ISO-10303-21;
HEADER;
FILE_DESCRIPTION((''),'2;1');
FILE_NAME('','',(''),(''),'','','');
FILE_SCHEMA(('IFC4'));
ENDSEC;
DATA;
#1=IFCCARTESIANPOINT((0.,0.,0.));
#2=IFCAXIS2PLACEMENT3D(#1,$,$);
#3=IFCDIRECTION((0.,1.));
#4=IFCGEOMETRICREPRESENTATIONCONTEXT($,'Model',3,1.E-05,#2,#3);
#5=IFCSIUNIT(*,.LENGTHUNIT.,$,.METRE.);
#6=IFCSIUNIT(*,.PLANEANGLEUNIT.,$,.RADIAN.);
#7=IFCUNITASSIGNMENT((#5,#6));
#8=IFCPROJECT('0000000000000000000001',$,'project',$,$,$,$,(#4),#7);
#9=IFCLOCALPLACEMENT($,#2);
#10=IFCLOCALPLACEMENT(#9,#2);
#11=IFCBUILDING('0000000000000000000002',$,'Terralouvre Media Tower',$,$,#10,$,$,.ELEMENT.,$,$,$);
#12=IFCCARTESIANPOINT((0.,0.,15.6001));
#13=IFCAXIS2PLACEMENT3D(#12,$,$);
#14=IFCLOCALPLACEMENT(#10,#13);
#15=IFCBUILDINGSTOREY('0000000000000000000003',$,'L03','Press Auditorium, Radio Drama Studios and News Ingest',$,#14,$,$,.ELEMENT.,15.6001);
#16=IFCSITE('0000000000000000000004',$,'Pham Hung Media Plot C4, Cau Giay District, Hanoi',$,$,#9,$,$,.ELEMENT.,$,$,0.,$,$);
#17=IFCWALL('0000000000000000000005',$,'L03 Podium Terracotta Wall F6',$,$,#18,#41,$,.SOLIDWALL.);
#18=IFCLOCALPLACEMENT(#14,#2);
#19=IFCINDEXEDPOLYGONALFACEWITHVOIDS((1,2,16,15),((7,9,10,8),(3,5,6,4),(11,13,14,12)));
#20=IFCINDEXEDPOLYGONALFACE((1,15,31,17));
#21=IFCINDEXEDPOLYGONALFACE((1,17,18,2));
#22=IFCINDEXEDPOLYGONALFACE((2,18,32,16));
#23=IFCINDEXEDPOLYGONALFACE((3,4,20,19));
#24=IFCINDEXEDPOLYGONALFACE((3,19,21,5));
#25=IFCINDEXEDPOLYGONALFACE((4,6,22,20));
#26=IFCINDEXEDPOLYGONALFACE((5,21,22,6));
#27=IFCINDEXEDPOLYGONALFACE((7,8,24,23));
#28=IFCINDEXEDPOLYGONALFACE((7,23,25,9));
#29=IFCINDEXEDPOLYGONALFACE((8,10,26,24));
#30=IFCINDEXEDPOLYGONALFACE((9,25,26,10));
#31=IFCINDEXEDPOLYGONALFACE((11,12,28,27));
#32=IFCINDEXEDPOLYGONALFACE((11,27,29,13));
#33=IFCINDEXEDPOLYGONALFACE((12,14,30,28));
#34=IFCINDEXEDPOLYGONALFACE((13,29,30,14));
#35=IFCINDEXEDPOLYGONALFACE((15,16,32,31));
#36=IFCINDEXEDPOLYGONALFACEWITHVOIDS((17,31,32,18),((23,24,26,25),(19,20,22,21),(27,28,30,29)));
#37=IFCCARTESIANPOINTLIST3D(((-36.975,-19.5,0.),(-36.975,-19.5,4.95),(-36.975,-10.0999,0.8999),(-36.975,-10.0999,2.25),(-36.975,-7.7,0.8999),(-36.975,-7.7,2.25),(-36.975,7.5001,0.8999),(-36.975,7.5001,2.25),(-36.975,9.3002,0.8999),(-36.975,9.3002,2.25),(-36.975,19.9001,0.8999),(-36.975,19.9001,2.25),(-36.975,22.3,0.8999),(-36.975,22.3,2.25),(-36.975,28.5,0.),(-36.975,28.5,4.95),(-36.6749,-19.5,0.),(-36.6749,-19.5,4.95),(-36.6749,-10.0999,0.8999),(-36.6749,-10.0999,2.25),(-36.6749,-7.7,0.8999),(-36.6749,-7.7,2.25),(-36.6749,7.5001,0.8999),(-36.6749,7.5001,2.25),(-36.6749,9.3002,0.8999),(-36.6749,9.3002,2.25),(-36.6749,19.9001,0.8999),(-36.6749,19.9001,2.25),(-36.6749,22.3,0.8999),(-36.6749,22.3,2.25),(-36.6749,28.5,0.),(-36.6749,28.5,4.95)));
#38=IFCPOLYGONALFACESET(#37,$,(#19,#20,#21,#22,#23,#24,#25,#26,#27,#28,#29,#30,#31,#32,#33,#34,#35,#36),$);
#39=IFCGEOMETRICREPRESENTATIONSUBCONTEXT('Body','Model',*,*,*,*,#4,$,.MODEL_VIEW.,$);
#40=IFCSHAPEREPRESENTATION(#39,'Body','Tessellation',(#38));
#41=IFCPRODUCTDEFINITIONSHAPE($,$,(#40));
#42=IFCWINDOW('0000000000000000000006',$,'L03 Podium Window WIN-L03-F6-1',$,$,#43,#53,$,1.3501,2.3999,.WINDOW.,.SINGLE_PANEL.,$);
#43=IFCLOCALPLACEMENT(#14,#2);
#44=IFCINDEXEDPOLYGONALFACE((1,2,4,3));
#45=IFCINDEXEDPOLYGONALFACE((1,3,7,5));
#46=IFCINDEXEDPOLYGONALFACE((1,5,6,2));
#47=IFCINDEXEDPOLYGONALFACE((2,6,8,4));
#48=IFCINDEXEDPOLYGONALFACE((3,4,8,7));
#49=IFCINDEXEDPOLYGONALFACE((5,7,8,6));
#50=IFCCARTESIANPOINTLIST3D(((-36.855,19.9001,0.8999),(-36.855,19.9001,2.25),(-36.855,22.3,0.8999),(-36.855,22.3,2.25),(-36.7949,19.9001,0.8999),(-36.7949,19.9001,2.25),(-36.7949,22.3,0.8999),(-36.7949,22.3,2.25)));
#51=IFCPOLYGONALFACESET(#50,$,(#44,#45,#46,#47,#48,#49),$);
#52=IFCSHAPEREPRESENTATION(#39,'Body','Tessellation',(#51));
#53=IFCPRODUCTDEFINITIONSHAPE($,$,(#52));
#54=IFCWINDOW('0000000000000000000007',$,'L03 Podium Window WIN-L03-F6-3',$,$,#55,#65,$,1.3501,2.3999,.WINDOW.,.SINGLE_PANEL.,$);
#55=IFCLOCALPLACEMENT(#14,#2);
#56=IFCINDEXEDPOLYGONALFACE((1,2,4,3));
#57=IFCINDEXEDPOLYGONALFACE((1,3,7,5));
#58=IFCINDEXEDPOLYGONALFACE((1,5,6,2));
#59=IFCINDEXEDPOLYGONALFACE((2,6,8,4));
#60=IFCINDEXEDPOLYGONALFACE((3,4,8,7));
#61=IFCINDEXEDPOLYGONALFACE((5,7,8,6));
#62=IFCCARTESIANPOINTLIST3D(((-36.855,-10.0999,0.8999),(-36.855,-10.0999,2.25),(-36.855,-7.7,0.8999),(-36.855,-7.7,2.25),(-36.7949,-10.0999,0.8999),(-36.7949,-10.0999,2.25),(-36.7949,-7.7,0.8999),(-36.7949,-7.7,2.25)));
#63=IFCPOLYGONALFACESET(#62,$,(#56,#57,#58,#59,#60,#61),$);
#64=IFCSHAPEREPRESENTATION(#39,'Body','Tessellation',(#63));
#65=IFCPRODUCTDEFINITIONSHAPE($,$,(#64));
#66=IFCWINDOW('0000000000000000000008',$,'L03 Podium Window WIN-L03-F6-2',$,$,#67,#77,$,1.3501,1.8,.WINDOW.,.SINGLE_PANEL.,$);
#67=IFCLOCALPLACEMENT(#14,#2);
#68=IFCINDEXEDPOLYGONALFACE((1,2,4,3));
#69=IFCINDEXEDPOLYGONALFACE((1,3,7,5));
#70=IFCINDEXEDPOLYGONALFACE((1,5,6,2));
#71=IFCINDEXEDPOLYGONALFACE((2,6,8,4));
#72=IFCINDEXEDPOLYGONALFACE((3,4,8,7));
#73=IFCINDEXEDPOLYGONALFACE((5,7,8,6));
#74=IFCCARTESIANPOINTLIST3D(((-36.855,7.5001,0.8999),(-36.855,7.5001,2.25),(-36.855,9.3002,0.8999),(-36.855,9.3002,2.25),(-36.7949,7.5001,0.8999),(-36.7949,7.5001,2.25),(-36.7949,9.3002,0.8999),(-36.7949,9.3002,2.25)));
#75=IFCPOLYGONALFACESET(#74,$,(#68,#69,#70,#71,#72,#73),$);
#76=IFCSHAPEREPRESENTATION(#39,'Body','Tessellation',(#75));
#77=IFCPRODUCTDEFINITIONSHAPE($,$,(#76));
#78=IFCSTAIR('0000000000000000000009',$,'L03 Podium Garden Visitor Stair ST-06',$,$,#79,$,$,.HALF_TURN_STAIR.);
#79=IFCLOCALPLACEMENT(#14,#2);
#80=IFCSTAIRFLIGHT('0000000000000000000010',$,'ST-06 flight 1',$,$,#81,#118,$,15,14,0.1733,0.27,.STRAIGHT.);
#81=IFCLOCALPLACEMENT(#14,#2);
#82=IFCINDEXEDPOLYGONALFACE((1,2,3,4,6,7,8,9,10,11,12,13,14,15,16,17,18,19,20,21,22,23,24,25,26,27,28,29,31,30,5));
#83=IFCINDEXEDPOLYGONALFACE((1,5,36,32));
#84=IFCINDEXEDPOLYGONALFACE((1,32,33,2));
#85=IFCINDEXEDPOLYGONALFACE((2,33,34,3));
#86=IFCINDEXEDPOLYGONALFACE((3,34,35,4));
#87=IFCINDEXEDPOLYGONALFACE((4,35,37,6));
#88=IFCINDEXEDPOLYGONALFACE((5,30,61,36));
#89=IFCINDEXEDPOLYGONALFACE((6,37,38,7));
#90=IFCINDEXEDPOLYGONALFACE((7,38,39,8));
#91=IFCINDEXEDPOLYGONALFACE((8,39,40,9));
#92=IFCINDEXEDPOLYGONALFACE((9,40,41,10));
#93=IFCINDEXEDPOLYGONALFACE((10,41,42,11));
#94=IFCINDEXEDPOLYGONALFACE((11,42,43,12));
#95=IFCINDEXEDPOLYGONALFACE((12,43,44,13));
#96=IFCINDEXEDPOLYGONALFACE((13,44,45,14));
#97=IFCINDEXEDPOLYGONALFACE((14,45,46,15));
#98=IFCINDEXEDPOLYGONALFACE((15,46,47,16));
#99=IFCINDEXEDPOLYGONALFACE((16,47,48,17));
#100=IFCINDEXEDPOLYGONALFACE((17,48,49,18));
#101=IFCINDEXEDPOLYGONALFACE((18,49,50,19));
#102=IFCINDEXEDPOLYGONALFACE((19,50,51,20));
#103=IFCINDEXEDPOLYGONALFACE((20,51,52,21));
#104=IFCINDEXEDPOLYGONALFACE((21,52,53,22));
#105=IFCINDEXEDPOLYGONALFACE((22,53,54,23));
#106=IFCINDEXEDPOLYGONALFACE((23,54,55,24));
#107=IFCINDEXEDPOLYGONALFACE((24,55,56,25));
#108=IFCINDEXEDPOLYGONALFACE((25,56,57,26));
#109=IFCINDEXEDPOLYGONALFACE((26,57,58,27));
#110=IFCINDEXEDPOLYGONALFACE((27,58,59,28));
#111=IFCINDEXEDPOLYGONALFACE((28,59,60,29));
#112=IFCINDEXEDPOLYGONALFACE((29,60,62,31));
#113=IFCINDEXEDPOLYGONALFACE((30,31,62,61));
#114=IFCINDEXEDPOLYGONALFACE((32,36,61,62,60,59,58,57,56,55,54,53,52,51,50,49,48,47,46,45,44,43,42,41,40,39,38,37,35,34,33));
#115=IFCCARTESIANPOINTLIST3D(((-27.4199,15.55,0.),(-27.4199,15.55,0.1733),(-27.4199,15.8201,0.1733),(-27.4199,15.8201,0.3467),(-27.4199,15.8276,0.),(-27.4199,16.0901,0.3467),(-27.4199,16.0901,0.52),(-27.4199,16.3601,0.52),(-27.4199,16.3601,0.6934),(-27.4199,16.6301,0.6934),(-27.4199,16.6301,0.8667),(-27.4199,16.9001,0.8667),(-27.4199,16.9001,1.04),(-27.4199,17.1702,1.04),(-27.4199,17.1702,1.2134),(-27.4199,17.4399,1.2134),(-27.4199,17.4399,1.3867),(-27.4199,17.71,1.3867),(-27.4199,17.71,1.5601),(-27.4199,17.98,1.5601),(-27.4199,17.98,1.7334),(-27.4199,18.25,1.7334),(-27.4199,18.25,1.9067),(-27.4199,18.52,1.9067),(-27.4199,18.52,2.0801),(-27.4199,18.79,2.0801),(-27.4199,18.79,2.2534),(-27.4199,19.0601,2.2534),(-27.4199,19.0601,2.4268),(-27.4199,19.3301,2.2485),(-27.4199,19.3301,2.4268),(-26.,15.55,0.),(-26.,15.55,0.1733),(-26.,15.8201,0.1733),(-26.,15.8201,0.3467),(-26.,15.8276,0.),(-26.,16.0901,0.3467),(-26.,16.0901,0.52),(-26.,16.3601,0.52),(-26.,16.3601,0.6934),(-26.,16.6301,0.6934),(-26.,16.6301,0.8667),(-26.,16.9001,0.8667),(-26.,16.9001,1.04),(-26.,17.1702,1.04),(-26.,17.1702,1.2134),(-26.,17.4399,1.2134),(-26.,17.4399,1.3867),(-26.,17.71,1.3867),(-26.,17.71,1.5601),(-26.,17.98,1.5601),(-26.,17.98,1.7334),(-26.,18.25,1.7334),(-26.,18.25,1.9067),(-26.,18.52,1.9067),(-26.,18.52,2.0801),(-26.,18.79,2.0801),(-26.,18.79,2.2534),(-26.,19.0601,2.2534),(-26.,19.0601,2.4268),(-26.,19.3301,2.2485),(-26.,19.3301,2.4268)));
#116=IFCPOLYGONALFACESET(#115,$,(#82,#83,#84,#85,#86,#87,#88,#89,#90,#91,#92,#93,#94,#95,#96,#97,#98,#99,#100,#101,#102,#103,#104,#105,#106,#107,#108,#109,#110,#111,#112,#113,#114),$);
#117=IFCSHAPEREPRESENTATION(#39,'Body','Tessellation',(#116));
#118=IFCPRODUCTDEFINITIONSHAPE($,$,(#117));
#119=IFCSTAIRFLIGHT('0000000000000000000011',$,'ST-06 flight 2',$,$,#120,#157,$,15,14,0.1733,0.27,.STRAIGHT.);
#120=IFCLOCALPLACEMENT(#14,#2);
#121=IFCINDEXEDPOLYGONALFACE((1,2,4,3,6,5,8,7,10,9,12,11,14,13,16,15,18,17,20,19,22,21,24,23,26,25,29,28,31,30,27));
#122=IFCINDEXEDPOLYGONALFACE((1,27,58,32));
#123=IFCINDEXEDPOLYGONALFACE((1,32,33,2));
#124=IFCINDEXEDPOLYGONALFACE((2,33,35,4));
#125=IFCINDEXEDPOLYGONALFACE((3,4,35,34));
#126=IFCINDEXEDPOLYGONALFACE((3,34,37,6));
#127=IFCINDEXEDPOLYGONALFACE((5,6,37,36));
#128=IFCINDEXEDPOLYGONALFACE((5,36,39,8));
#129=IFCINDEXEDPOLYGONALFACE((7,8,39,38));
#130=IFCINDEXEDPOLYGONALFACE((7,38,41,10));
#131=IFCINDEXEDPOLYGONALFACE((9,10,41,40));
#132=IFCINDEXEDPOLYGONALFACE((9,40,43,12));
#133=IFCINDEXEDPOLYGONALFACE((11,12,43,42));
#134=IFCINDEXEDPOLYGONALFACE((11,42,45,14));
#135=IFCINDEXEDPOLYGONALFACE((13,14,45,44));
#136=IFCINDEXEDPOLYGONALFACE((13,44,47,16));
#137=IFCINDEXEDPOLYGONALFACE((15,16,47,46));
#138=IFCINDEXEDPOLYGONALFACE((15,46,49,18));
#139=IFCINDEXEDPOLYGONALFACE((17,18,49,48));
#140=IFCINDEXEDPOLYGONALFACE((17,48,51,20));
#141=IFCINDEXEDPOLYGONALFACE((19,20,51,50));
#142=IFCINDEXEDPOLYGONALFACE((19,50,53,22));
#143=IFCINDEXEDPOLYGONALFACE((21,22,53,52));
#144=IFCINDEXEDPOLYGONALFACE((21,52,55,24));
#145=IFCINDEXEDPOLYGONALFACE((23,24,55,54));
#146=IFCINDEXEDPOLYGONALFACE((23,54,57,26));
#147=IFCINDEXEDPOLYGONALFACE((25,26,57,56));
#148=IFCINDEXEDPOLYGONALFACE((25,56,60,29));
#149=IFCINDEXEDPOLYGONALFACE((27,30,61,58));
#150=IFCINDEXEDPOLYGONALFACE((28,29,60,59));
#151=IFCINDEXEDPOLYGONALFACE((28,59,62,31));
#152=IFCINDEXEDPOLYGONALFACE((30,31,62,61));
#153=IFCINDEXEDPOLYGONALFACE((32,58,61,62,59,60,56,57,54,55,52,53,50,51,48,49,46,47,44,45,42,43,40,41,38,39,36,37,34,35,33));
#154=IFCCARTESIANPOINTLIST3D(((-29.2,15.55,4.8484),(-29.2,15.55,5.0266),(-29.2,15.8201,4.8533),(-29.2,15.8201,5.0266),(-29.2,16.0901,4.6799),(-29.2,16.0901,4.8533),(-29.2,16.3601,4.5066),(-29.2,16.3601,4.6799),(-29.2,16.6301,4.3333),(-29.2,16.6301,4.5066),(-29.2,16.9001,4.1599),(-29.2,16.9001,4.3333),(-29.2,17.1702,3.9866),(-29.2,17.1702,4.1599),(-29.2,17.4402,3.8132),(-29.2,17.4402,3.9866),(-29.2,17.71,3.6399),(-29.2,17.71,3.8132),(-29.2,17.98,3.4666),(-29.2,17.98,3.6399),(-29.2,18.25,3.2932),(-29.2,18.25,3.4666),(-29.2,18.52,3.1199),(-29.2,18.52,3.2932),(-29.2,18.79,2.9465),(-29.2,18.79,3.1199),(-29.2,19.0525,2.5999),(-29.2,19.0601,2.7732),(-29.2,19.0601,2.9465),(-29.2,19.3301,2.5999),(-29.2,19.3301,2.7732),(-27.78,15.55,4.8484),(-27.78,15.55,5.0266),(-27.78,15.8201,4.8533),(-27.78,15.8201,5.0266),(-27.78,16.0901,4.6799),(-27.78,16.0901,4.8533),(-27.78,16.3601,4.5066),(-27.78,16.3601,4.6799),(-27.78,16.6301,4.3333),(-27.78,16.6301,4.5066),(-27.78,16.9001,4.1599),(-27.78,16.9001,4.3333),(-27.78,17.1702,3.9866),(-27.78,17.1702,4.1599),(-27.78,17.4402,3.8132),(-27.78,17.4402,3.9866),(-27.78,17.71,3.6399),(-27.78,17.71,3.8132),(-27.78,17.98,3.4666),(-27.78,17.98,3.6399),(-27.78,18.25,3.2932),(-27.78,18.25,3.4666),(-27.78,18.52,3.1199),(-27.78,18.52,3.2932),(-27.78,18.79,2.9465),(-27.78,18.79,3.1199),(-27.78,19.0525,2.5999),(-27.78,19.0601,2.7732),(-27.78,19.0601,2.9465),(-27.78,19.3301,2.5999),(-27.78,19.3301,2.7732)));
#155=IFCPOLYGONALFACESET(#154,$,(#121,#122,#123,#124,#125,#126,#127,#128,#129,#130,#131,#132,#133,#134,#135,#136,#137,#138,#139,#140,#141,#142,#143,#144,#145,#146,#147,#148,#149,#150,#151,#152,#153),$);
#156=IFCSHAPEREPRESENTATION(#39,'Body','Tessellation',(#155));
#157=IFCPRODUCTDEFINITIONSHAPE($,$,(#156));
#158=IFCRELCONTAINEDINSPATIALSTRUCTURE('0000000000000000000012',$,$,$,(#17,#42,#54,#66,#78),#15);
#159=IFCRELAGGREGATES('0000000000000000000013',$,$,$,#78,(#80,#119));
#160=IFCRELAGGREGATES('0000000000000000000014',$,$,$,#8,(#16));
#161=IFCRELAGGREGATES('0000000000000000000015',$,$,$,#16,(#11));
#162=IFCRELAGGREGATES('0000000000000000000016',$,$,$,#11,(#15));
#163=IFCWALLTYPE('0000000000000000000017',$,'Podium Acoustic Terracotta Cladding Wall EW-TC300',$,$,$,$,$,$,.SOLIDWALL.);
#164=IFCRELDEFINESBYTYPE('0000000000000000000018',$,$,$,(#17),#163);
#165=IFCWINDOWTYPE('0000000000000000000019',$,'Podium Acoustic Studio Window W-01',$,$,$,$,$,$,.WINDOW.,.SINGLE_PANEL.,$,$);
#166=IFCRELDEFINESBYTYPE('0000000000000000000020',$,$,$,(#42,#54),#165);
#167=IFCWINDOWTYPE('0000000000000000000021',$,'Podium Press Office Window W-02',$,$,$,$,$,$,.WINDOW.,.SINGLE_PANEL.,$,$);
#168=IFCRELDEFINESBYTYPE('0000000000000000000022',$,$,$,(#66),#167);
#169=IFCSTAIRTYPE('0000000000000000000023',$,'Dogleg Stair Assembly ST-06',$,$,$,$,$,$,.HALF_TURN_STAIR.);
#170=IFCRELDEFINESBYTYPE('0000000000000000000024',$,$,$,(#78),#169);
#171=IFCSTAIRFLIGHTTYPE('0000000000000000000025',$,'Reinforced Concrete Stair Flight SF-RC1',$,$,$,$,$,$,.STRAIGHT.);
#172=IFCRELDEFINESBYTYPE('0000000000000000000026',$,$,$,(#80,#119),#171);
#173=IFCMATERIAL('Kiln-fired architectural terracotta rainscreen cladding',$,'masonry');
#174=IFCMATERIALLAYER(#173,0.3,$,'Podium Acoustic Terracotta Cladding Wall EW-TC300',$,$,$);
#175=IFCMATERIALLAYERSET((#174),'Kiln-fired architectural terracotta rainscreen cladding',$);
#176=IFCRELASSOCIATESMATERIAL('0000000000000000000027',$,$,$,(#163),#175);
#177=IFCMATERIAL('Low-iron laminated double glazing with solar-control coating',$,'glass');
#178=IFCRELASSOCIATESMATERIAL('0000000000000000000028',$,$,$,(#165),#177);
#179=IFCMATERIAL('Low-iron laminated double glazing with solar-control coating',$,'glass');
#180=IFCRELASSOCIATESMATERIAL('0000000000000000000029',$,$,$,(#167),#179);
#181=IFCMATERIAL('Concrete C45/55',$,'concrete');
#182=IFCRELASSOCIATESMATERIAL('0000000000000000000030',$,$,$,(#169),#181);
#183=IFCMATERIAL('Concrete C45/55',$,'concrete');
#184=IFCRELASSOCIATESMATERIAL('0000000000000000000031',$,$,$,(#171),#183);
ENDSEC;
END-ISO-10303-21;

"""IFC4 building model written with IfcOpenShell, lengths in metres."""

from ifc_helpers import new_model, si_unit, direction, frame, frame_2d, origin, place, context, subcontext, project, spatial, polyline, rectangle, outline, extrude, material, layer, layer_set, type_object, element, fill, aggregate, save


model = new_model("IFC4")

# Units and contexts
model_context = context("Model", 3, precision=1e-05, world=origin(), true_north=direction((0.0, 1.0)))
body_context = subcontext(model_context, "Body", "Model", "MODEL_VIEW")
ifc_project = project(units=[si_unit("LENGTHUNIT", "METRE"), si_unit("PLANEANGLEUNIT", "RADIAN")], contexts=[model_context])

# Site, building, storey
site_placement = place(None, origin())
site = spatial("IfcSite", under=ifc_project, at=site_placement, Name="Pham Hung Media Plot C4, Cau Giay District, Hanoi", CompositionType="ELEMENT", RefElevation=0.0)
building_placement = place(site_placement, origin())
building = spatial("IfcBuilding", under=site, at=building_placement, Name="Terralouvre Media Tower", CompositionType="ELEMENT")
storey_placement = place(building_placement, frame((0.0, 0.0, 15.6001)))
storey = spatial("IfcBuildingStorey", under=building, at=storey_placement, Name="L03", Description="Press Auditorium, Radio Drama Studios and News Ingest", CompositionType="ELEMENT", Elevation=15.6001)

# Shared definitions
ifc_material_1 = material(Name="Kiln-fired architectural terracotta rainscreen cladding", Category="masonry")
ifc_layer_1 = layer(ifc_material_1, 0.3, Name="Podium Acoustic Terracotta Cladding Wall EW-TC300")
ifc_layer_set_1 = layer_set([ifc_layer_1], Name="Kiln-fired architectural terracotta rainscreen cladding")
wall_type_1 = type_object("IfcWallType", Name="Podium Acoustic Terracotta Cladding Wall EW-TC300", PredefinedType="SOLIDWALL", material=ifc_layer_set_1)

# Wall, openings, windows
wall_1_placement = place(storey_placement, frame((-36.825, 28.5, 0.0), z_axis=(0.0, 0.0, 1.0), x_axis=(0.0, -1.0, 0.0)))
wall_1 = element("IfcWall", 1, at=wall_1_placement, inside=storey, type_object=wall_type_1, Name="L03 Podium Terracotta Wall F6", PredefinedType="SOLIDWALL", context=body_context, shape_type="SweptSolid", body=[
    extrude(rectangle(XDim=48.0, YDim=0.3, at=frame_2d((24.0, 0.0))), origin(), (0.0, 0.0, 1.0), 4.95),
])
opening_1_placement = place(wall_1_placement, frame((6.2, 0.0, 0.8999)))
opening_1 = element("IfcOpeningElement", 2, at=opening_1_placement, cuts=wall_1, PredefinedType="OPENING", context=body_context, shape_type="SweptSolid", body=[
    extrude(rectangle(XDim=2.3999, YDim=1.3501, at=frame_2d((1.2, 0.675))), frame((0.0, 0.1599, 0.0), z_axis=(0.0, -1.0, 0.0), x_axis=(1.0, 0.0, 0.0)), (0.0, 0.0, 1.0), 0.3201),
])
opening_2_placement = place(wall_1_placement, frame((19.2, 0.0, 0.8999)))
opening_2 = element("IfcOpeningElement", 3, at=opening_2_placement, cuts=wall_1, PredefinedType="OPENING", context=body_context, shape_type="SweptSolid", body=[
    extrude(rectangle(XDim=1.8, YDim=1.3501, at=frame_2d((0.8999, 0.675))), frame((0.0, 0.1599, 0.0), z_axis=(0.0, -1.0, 0.0), x_axis=(1.0, 0.0, 0.0)), (0.0, 0.0, 1.0), 0.3201),
])
opening_3_placement = place(wall_1_placement, frame((36.2, 0.0, 0.8999)))
opening_3 = element("IfcOpeningElement", 4, at=opening_3_placement, cuts=wall_1, PredefinedType="OPENING", context=body_context, shape_type="SweptSolid", body=[
    extrude(rectangle(XDim=2.3999, YDim=1.3501, at=frame_2d((1.2, 0.675))), frame((0.0, 0.1599, 0.0), z_axis=(0.0, -1.0, 0.0), x_axis=(1.0, 0.0, 0.0)), (0.0, 0.0, 1.0), 0.3201),
])
ifc_material_2 = material(Name="Low-iron laminated double glazing with solar-control coating", Category="glass")
window_type_1 = type_object("IfcWindowType", Name="Podium Acoustic Studio Window W-01", PartitioningType="SINGLE_PANEL", PredefinedType="WINDOW", material=ifc_material_2)
window_1_placement = place(opening_1_placement, origin())
window_1 = element("IfcWindow", 5, at=window_1_placement, inside=storey, type_object=window_type_1, Name="L03 Podium Window WIN-L03-F6-1", OverallHeight=1.3501, OverallWidth=2.3999, PartitioningType="SINGLE_PANEL", PredefinedType="WINDOW", context=body_context, shape_type="SweptSolid", body=[
    extrude(rectangle(XDim=2.3999, YDim=1.3501, at=frame_2d((1.2, 0.675))), frame((0.0, 0.03, 0.0), z_axis=(0.0, -1.0, 0.0), x_axis=(1.0, 0.0, 0.0)), (0.0, 0.0, 1.0), 0.0601),
])
fill(opening_1, window_1)
window_2_placement = place(opening_3_placement, origin())
window_2 = element("IfcWindow", 6, at=window_2_placement, inside=storey, type_object=window_type_1, Name="L03 Podium Window WIN-L03-F6-3", OverallHeight=1.3501, OverallWidth=2.3999, PartitioningType="SINGLE_PANEL", PredefinedType="WINDOW", context=body_context, shape_type="SweptSolid", body=[
    extrude(rectangle(XDim=2.3999, YDim=1.3501, at=frame_2d((1.2, 0.675))), frame((0.0, 0.03, 0.0), z_axis=(0.0, -1.0, 0.0), x_axis=(1.0, 0.0, 0.0)), (0.0, 0.0, 1.0), 0.0601),
])
fill(opening_3, window_2)
ifc_material_3 = material(Name="Low-iron laminated double glazing with solar-control coating", Category="glass")
window_type_2 = type_object("IfcWindowType", Name="Podium Press Office Window W-02", PartitioningType="SINGLE_PANEL", PredefinedType="WINDOW", material=ifc_material_3)
window_3_placement = place(opening_2_placement, origin())
window_3 = element("IfcWindow", 7, at=window_3_placement, inside=storey, type_object=window_type_2, Name="L03 Podium Window WIN-L03-F6-2", OverallHeight=1.3501, OverallWidth=1.8, PartitioningType="SINGLE_PANEL", PredefinedType="WINDOW", context=body_context, shape_type="SweptSolid", body=[
    extrude(rectangle(XDim=1.8, YDim=1.3501, at=frame_2d((0.8999, 0.675))), frame((0.0, 0.03, 0.0), z_axis=(0.0, -1.0, 0.0), x_axis=(1.0, 0.0, 0.0)), (0.0, 0.0, 1.0), 0.0601),
])
fill(opening_2, window_3)

# Stair, stair flights
ifc_material_4 = material(Name="Concrete C45/55", Category="concrete")
stair_type = type_object("IfcStairType", Name="Dogleg Stair Assembly ST-06", PredefinedType="HALF_TURN_STAIR", material=ifc_material_4)
stair_placement = place(storey_placement, origin())
stair = element("IfcStair", 8, at=stair_placement, inside=storey, type_object=stair_type, Name="L03 Podium Garden Visitor Stair ST-06", PredefinedType="HALF_TURN_STAIR")
ifc_material_5 = material(Name="Concrete C45/55", Category="concrete")
stair_flight_type = type_object("IfcStairFlightType", Name="Reinforced Concrete Stair Flight SF-RC1", PredefinedType="STRAIGHT", material=ifc_material_5)
stair_flight_1_placement = place(storey_placement, frame((-26.71, 15.55, 0.0), z_axis=(0.0, 0.0, 1.0), x_axis=(0.0, 1.0, 0.0)))
stair_flight_1 = element("IfcStairFlight", 9, at=stair_flight_1_placement, type_object=stair_flight_type, Name="ST-06 flight 1", NumberOfRisers=15, NumberOfTreads=14, PredefinedType="STRAIGHT", RiserHeight=0.1733, TreadLength=0.27, context=body_context, shape_type="SweptSolid", body=[
    extrude(outline(polyline([(0.0, 0.0), (0.0, 0.1733), (0.27, 0.1733), (0.27, 0.3467), (0.54, 0.3467), (0.54, 0.52), (0.8101, 0.52), (0.8101, 0.6934), (1.0801, 0.6934), (1.0801, 0.8667), (1.3501, 0.8667), (1.3501, 1.04), (1.6201, 1.04), (1.6201, 1.2134), (1.8899, 1.2134), (1.8899, 1.3867), (2.1599, 1.3867), (2.1599, 1.5601), (2.4299, 1.5601), (2.4299, 1.7334), (2.7, 1.7334), (2.7, 1.9067), (2.97, 1.9067), (2.97, 2.0801), (3.24, 2.0801), (3.24, 2.2534), (3.51, 2.2534), (3.51, 2.4268), (3.78, 2.4268), (3.78, 2.6001), (3.78, 2.2485), (0.2776, 0.0), (0.0, 0.0)])), frame((0.0, 0.71, 0.0), z_axis=(0.0, -1.0, 0.0), x_axis=(1.0, 0.0, 0.0)), (0.0, 0.0, 1.0), 1.4199),
])
stair_flight_2_placement = place(storey_placement, frame((-28.49, 19.3301, 2.5999), z_axis=(0.0, 0.0, 1.0), x_axis=(0.0, -1.0, 0.0)))
stair_flight_2 = element("IfcStairFlight", 10, at=stair_flight_2_placement, type_object=stair_flight_type, Name="ST-06 flight 2", NumberOfRisers=15, NumberOfTreads=14, PredefinedType="STRAIGHT", RiserHeight=0.1733, TreadLength=0.27, context=body_context, shape_type="SweptSolid", body=[
    extrude(outline(polyline([(0.0, 0.0), (0.0, 0.1733), (0.27, 0.1733), (0.27, 0.3467), (0.54, 0.3467), (0.54, 0.52), (0.8101, 0.52), (0.8101, 0.6934), (1.0801, 0.6934), (1.0801, 0.8667), (1.3501, 0.8667), (1.3501, 1.04), (1.6201, 1.04), (1.6201, 1.2134), (1.8899, 1.2134), (1.8899, 1.3867), (2.1599, 1.3867), (2.1599, 1.5601), (2.4299, 1.5601), (2.4299, 1.7334), (2.7, 1.7334), (2.7, 1.9067), (2.97, 1.9067), (2.97, 2.0801), (3.24, 2.0801), (3.24, 2.2534), (3.51, 2.2534), (3.51, 2.4268), (3.78, 2.4268), (3.78, 2.6001), (3.78, 2.2485), (0.2776, 0.0), (0.0, 0.0)])), frame((0.0, 0.71, 0.0), z_axis=(0.0, -1.0, 0.0), x_axis=(1.0, 0.0, 0.0)), (0.0, 0.0, 1.0), 1.4199),
])
aggregate(stair, [stair_flight_1, stair_flight_2])

save(model, "model.ifc")
